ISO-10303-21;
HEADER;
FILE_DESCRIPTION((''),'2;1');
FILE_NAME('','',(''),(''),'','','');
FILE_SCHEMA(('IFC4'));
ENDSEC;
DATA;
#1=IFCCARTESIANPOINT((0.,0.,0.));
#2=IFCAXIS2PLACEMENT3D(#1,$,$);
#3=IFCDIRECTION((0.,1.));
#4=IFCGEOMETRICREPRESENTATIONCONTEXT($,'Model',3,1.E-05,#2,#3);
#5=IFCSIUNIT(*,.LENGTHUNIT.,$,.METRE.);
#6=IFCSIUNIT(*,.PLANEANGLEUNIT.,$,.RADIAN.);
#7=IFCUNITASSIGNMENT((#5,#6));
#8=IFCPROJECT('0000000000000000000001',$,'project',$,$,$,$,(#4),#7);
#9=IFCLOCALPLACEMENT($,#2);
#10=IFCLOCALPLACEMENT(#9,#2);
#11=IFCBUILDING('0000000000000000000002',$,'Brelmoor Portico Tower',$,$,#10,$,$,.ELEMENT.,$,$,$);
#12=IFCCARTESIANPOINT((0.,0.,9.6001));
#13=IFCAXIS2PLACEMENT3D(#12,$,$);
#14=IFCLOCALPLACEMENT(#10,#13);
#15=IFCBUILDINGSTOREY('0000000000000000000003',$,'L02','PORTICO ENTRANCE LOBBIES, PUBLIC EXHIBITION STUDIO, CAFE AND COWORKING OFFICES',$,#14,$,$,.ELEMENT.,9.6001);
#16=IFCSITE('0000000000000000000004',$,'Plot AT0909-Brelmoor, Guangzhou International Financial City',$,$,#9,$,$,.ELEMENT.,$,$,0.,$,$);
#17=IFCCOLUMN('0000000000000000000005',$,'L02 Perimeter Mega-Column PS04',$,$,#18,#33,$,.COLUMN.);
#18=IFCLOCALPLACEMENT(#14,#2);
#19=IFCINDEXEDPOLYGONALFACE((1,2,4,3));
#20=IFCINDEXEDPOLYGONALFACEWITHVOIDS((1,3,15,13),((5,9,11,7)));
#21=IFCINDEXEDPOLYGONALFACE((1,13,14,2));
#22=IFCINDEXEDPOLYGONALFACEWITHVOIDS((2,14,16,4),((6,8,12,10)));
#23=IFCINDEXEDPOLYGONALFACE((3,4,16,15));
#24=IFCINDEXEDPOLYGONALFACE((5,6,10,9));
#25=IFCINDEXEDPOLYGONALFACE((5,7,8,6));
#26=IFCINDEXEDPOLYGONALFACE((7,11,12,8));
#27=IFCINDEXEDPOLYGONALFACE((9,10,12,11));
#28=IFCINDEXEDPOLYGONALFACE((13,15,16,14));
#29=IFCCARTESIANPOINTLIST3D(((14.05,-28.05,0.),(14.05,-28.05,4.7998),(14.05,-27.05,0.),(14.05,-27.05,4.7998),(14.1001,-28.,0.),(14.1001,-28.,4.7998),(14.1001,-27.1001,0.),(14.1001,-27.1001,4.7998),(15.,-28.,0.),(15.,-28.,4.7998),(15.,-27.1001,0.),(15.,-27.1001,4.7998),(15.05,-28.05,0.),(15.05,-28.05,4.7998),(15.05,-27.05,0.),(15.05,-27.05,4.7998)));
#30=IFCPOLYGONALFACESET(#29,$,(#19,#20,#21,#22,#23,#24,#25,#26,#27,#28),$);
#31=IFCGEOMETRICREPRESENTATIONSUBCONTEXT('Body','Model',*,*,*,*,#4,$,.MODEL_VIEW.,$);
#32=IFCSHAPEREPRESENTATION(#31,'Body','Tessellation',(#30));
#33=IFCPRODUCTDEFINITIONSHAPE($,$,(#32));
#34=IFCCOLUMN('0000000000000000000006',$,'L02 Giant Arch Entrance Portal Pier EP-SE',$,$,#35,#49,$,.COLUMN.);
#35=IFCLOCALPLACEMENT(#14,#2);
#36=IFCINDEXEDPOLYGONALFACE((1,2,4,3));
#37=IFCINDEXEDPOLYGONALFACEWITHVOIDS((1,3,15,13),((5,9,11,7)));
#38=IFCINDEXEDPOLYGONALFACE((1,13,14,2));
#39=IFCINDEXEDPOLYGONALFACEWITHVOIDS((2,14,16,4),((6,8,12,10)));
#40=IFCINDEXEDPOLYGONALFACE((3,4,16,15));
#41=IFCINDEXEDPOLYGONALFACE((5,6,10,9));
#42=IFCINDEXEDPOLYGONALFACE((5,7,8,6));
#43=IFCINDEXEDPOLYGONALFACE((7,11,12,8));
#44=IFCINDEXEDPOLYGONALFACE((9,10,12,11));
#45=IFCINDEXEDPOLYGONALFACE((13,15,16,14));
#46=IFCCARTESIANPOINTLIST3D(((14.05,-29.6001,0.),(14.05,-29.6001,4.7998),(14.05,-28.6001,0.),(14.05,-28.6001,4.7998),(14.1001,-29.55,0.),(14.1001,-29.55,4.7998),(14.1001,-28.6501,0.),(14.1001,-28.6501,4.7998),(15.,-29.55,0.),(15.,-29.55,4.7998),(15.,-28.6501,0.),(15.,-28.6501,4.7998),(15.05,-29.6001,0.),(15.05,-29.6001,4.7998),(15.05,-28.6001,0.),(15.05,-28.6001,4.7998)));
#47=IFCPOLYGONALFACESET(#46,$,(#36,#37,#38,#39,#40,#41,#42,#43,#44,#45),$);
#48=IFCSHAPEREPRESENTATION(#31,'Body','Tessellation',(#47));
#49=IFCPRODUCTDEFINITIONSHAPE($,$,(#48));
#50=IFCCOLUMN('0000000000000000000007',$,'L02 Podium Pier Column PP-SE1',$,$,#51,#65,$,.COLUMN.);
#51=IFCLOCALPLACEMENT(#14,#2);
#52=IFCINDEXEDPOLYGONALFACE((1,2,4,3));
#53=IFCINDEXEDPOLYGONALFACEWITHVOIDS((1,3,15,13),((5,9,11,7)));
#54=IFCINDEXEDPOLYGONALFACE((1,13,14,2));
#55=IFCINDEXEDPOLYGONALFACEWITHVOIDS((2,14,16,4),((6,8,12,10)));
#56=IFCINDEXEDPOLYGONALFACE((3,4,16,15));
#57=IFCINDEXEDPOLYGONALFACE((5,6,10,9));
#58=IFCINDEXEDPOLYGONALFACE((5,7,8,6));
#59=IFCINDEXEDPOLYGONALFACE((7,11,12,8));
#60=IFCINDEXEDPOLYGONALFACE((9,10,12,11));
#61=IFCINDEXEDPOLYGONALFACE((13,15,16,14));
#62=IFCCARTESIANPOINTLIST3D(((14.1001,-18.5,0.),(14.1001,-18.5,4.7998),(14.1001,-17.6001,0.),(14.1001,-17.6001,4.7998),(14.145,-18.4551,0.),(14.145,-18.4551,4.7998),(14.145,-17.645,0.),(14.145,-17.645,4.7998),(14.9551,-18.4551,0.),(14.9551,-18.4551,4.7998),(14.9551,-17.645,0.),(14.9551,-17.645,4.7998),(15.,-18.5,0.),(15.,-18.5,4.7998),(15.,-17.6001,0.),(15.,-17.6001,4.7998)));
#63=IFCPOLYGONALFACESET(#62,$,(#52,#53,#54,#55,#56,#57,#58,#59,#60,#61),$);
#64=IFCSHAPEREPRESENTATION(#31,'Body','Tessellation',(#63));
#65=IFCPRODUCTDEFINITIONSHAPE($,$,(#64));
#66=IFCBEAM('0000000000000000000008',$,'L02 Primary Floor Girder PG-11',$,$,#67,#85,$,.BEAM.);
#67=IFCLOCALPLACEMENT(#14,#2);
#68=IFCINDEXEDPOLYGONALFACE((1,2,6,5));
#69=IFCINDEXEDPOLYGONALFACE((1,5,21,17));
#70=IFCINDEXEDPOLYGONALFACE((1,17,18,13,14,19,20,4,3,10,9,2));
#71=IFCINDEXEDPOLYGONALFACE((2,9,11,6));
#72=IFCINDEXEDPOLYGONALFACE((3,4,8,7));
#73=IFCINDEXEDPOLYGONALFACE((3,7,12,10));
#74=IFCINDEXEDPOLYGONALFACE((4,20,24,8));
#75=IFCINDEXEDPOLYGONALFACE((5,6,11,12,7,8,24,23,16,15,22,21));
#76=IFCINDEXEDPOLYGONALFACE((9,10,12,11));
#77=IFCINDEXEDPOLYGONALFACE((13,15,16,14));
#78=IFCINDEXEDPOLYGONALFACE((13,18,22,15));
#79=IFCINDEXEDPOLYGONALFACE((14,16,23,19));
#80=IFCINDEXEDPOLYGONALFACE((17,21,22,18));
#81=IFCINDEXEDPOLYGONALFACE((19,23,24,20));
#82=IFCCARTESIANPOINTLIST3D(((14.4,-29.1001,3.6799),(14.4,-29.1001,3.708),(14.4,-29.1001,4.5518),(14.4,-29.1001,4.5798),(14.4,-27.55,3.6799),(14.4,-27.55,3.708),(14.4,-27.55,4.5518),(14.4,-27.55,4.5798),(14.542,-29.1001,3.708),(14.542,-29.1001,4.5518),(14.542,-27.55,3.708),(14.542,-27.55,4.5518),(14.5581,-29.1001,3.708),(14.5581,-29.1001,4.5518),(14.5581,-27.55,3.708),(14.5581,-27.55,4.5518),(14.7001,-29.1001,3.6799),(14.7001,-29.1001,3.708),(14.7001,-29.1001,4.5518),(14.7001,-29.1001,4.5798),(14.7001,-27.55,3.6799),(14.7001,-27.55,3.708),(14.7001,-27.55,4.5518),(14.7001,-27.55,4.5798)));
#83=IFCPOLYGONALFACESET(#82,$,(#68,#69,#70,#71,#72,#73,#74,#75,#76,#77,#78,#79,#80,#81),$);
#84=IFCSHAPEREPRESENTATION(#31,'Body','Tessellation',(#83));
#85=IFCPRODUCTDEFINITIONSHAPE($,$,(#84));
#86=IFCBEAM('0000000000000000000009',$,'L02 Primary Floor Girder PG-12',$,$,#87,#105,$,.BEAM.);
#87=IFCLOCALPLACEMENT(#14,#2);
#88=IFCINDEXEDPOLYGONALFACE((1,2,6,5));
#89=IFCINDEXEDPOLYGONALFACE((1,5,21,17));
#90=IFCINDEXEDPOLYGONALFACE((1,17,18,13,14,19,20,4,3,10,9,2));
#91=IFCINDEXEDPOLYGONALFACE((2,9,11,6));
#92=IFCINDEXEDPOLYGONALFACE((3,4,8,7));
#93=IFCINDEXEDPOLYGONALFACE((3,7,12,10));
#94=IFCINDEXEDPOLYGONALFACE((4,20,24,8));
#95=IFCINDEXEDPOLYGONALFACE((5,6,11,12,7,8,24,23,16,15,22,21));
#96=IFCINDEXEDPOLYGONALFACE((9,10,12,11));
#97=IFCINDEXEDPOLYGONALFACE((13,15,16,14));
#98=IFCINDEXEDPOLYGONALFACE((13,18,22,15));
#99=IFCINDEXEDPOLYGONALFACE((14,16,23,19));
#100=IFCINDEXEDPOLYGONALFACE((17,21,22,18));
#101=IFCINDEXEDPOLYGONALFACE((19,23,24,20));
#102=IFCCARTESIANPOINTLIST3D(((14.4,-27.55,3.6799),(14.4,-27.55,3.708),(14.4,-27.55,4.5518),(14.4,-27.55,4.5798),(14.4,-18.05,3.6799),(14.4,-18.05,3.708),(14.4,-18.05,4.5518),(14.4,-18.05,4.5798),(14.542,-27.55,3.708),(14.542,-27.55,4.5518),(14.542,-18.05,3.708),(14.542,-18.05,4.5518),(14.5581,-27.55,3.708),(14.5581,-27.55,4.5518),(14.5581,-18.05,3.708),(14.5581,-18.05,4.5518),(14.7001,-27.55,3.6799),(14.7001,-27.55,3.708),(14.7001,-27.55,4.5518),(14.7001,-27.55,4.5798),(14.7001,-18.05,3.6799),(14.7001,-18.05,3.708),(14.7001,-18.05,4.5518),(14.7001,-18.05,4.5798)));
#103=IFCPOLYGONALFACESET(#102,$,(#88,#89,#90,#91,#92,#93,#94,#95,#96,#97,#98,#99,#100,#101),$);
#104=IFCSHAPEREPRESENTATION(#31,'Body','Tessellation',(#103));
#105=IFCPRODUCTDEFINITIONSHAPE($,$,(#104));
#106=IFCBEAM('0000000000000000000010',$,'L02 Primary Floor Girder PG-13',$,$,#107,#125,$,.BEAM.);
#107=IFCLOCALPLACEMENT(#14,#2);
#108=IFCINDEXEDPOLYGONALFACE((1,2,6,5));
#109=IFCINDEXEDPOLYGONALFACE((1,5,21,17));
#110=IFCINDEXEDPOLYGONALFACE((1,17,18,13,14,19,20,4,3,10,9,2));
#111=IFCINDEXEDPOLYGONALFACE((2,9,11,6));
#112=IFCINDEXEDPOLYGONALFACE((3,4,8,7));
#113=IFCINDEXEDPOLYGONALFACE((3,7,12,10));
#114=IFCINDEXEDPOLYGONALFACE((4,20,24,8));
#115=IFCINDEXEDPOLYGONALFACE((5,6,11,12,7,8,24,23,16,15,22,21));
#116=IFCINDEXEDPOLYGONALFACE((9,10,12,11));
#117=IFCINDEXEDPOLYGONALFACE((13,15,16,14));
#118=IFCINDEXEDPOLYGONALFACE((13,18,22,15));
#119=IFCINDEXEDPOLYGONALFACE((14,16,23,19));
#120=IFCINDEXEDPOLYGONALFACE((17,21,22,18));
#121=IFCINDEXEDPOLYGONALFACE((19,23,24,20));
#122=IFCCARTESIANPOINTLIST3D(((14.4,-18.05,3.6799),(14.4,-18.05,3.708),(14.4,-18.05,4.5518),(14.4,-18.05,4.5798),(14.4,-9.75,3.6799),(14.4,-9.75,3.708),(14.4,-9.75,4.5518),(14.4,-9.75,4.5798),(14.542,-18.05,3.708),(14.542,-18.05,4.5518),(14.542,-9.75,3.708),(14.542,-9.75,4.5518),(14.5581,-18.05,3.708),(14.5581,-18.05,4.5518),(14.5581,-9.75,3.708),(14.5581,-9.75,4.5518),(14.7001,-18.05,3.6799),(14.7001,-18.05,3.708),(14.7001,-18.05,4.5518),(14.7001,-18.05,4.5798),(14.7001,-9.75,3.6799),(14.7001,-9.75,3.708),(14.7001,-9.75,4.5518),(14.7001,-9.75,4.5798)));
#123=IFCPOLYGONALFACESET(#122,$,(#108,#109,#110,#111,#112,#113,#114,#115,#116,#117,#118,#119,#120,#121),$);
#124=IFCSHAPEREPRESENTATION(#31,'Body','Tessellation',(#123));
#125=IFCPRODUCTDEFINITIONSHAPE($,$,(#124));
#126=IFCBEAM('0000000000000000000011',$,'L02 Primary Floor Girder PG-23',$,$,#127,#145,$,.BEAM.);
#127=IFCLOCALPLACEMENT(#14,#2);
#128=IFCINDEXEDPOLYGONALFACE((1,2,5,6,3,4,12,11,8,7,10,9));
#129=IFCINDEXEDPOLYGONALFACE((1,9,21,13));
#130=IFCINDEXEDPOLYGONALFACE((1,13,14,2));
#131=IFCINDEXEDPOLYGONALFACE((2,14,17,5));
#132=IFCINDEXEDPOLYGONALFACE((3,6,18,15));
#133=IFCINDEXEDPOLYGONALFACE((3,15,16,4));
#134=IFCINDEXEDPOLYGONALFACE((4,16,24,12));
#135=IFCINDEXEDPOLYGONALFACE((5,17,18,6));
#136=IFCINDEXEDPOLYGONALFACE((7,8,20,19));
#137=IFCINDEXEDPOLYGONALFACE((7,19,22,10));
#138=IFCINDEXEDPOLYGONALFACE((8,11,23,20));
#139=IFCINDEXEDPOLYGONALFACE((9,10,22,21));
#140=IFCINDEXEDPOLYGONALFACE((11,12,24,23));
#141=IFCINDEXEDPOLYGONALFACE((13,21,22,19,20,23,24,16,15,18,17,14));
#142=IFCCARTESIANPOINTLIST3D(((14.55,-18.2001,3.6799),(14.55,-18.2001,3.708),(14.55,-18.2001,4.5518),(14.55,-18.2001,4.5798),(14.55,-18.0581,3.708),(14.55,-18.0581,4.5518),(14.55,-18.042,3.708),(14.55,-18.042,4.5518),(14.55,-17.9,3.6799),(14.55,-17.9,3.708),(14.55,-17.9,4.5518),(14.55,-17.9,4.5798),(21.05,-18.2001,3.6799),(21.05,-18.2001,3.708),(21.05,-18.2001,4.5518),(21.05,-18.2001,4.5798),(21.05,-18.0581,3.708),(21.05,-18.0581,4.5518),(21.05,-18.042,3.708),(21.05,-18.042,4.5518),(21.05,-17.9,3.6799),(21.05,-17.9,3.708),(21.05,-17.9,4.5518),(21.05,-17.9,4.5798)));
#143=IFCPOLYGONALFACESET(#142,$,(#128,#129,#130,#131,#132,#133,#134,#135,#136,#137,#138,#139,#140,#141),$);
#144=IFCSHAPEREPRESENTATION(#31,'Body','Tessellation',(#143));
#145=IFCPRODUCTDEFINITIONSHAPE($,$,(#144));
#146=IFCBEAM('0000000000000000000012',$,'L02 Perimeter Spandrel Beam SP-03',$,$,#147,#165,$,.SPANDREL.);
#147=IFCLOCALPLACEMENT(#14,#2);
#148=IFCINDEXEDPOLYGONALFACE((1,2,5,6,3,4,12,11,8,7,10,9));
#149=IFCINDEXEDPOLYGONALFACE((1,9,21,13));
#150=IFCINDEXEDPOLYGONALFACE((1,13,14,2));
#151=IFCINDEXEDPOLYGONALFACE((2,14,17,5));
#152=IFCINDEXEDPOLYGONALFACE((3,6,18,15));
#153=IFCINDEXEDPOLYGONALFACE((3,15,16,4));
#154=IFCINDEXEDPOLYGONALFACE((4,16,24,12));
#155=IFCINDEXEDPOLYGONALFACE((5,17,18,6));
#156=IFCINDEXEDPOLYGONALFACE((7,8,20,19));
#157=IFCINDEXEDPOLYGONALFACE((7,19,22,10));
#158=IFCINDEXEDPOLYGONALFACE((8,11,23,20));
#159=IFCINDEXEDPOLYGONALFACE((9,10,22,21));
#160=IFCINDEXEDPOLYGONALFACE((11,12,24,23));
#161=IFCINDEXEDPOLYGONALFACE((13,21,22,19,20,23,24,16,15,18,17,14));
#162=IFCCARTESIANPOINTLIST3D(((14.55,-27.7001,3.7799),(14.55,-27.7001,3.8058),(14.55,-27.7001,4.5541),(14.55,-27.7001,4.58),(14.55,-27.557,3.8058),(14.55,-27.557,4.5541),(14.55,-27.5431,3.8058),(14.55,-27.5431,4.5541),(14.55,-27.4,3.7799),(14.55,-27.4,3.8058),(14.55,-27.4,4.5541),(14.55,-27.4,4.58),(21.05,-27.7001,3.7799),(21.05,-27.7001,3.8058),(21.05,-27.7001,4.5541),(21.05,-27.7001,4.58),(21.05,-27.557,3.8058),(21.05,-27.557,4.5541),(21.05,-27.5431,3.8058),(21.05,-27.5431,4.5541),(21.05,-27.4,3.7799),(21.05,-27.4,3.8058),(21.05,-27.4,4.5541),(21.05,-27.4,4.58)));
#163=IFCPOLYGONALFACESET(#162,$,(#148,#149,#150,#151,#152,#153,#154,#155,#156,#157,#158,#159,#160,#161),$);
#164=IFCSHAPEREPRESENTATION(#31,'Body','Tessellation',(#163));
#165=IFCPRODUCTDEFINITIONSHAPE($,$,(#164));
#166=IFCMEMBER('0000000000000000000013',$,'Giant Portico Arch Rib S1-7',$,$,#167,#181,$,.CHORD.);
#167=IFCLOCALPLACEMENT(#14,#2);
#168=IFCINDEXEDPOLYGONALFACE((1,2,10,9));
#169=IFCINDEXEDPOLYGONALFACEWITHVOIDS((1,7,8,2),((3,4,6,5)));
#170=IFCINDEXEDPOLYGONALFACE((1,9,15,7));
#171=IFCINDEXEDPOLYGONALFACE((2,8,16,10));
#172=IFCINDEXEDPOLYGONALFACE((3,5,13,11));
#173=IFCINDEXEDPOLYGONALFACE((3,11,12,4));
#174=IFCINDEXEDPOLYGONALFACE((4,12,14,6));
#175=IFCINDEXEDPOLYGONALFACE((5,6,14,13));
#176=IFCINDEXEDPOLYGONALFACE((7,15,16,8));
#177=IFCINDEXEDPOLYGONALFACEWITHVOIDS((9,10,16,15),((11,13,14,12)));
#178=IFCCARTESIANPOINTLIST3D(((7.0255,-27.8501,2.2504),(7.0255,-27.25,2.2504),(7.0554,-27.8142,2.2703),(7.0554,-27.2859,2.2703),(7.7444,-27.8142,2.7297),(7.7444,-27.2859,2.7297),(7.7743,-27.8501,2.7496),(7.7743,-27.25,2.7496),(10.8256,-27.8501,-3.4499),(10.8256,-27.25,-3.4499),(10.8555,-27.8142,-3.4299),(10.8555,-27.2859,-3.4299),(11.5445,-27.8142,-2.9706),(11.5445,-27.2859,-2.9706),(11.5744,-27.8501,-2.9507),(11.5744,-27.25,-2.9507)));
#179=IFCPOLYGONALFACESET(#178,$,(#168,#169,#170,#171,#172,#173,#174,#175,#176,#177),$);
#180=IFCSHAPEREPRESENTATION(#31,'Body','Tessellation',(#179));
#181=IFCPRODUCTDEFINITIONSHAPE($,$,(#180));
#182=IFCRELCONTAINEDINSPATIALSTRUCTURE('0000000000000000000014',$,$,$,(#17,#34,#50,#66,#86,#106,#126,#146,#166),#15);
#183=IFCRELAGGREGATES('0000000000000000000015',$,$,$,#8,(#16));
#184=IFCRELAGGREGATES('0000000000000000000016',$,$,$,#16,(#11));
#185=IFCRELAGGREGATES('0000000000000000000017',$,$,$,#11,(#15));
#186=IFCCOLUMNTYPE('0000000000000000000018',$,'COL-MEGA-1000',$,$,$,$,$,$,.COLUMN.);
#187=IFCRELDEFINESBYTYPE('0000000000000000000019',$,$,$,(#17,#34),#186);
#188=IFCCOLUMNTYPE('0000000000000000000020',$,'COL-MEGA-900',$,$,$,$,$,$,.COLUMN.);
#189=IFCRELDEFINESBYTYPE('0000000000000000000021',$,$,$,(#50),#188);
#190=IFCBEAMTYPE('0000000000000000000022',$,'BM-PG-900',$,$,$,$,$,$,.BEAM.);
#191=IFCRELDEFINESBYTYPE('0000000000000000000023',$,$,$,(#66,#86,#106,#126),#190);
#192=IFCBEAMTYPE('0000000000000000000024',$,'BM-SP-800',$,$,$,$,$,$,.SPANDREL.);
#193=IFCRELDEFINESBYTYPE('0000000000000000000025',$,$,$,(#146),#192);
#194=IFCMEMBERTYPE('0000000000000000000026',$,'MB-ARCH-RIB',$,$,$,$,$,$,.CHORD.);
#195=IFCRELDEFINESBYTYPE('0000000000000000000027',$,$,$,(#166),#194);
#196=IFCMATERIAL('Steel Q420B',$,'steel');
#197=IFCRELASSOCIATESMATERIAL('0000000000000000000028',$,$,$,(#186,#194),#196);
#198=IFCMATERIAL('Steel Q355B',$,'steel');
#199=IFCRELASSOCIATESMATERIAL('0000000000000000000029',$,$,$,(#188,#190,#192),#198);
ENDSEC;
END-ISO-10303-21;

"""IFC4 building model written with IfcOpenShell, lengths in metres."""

from ifc_helpers import new_model, si_unit, direction, frame, origin, origin_2d, place, context, subcontext, project, spatial, hollow_rectangle, i_section, extrude, material, material_profile, profile_set, type_object, element, save


model = new_model("IFC4")

# Units and contexts
model_context = context("Model", 3, precision=1e-05, world=origin(), true_north=direction((0.0, 1.0)))
body_context = subcontext(model_context, "Body", "Model", "MODEL_VIEW")
ifc_project = project(units=[si_unit("LENGTHUNIT", "METRE"), si_unit("PLANEANGLEUNIT", "RADIAN")], contexts=[model_context])

# Site, building, storey
site_placement = place(None, origin())
site = spatial("IfcSite", under=ifc_project, at=site_placement, Name="Plot AT0909-Brelmoor, Guangzhou International Financial City", CompositionType="ELEMENT", RefElevation=0.0)
building_placement = place(site_placement, origin())
building = spatial("IfcBuilding", under=site, at=building_placement, Name="Brelmoor Portico Tower", CompositionType="ELEMENT")
storey_placement = place(building_placement, frame((0.0, 0.0, 9.6001)))
storey = spatial("IfcBuildingStorey", under=building, at=storey_placement, Name="L02", Description="PORTICO ENTRANCE LOBBIES, PUBLIC EXHIBITION STUDIO, CAFE AND COWORKING OFFICES", CompositionType="ELEMENT", Elevation=9.6001)

# Columns
ifc_material_1 = material(Name="Steel Q420B", Category="steel")
ifc_material_profile_1 = material_profile(ifc_material_1, hollow_rectangle(XDim=1.0, YDim=1.0, WallThickness=0.05, at=origin_2d()), Name="BOX 1000x1000x50")
ifc_profile_set_1 = profile_set([ifc_material_profile_1], Name="Steel Q420B")
column_type_1 = type_object("IfcColumnType", Name="COL-MEGA-1000", PredefinedType="COLUMN", material=ifc_profile_set_1)
for number, where, z_axis, x_axis, name in (
    (1, (14.55, -27.55, 0.0), (0.0, 0.0, 1.0), (1.0, 0.0, 0.0), "L02 Perimeter Mega-Column PS04"),
    (2, (14.55, -29.1001, 0.0), (0.0, 0.0, 1.0), (1.0, 0.0, 0.0), "L02 Giant Arch Entrance Portal Pier EP-SE"),
):
    element("IfcColumn", number, at=place(storey_placement, frame(where, z_axis=z_axis, x_axis=x_axis)), inside=storey, type_object=column_type_1, Name=name, PredefinedType="COLUMN", context=body_context, shape_type="SweptSolid", body=[
        extrude(hollow_rectangle(XDim=1.0, YDim=1.0, WallThickness=0.05, at=origin_2d()), origin(), (0.0, 0.0, 1.0), 4.7998),
    ])
ifc_material_2 = material(Name="Steel Q355B", Category="steel")
ifc_material_profile_2 = material_profile(ifc_material_2, hollow_rectangle(XDim=0.8999, YDim=0.8999, WallThickness=0.0449, at=origin_2d()), Name="BOX 900x900x45")
ifc_profile_set_2 = profile_set([ifc_material_profile_2], Name="Steel Q355B")
column_type_2 = type_object("IfcColumnType", Name="COL-MEGA-900", PredefinedType="COLUMN", material=ifc_profile_set_2)
column_placement = place(storey_placement, frame((14.55, -18.05, 0.0), z_axis=(0.0, 0.0, 1.0), x_axis=(1.0, 0.0, 0.0)))
element("IfcColumn", 3, at=column_placement, inside=storey, type_object=column_type_2, Name="L02 Podium Pier Column PP-SE1", PredefinedType="COLUMN", context=body_context, shape_type="SweptSolid", body=[
    extrude(hollow_rectangle(XDim=0.8999, YDim=0.8999, WallThickness=0.0449, at=origin_2d()), origin(), (0.0, 0.0, 1.0), 4.7998),
])

# Beams
ifc_material_profile_3 = material_profile(ifc_material_2, i_section(OverallWidth=0.3, OverallDepth=0.8999, WebThickness=0.0161, FlangeThickness=0.0281, at=origin_2d()), Name="HN 900x300x16x28")
ifc_profile_set_3 = profile_set([ifc_material_profile_3], Name="Steel Q355B")
beam_type_1 = type_object("IfcBeamType", Name="BM-PG-900", PredefinedType="BEAM", material=ifc_profile_set_3)
beam_1_placement = place(storey_placement, frame((14.55, -29.1001, 4.1299), z_axis=(0.0, 1.0, 0.0), x_axis=(-1.0, 0.0, 0.0)))
element("IfcBeam", 4, at=beam_1_placement, inside=storey, type_object=beam_type_1, Name="L02 Primary Floor Girder PG-11", PredefinedType="BEAM", context=body_context, shape_type="SweptSolid", body=[
    extrude(i_section(OverallWidth=0.3, OverallDepth=0.8999, WebThickness=0.0161, FlangeThickness=0.0281, at=origin_2d()), origin(), (0.0, 0.0, 1.0), 1.55),
])
beam_2_placement = place(storey_placement, frame((14.55, -27.55, 4.1299), z_axis=(0.0, 1.0, 0.0), x_axis=(-1.0, 0.0, 0.0)))
element("IfcBeam", 5, at=beam_2_placement, inside=storey, type_object=beam_type_1, Name="L02 Primary Floor Girder PG-12", PredefinedType="BEAM", context=body_context, shape_type="SweptSolid", body=[
    extrude(i_section(OverallWidth=0.3, OverallDepth=0.8999, WebThickness=0.0161, FlangeThickness=0.0281, at=origin_2d()), origin(), (0.0, 0.0, 1.0), 9.5),
])
beam_3_placement = place(storey_placement, frame((14.55, -18.05, 4.1299), z_axis=(0.0, 1.0, 0.0), x_axis=(-1.0, 0.0, 0.0)))
element("IfcBeam", 6, at=beam_3_placement, inside=storey, type_object=beam_type_1, Name="L02 Primary Floor Girder PG-13", PredefinedType="BEAM", context=body_context, shape_type="SweptSolid", body=[
    extrude(i_section(OverallWidth=0.3, OverallDepth=0.8999, WebThickness=0.0161, FlangeThickness=0.0281, at=origin_2d()), origin(), (0.0, 0.0, 1.0), 8.3),
])
beam_4_placement = place(storey_placement, frame((14.55, -18.05, 4.1299), z_axis=(1.0, 0.0, 0.0), x_axis=(0.0, 1.0, 0.0)))
element("IfcBeam", 7, at=beam_4_placement, inside=storey, type_object=beam_type_1, Name="L02 Primary Floor Girder PG-23", PredefinedType="BEAM", context=body_context, shape_type="SweptSolid", body=[
    extrude(i_section(OverallWidth=0.3, OverallDepth=0.8999, WebThickness=0.0161, FlangeThickness=0.0281, at=origin_2d()), origin(), (0.0, 0.0, 1.0), 6.5),
])
ifc_material_profile_4 = material_profile(ifc_material_2, i_section(OverallWidth=0.3, OverallDepth=0.8, WebThickness=0.0139, FlangeThickness=0.0259, at=origin_2d()), Name="HN 800x300x14x26")
ifc_profile_set_4 = profile_set([ifc_material_profile_4], Name="Steel Q355B")
beam_type_2 = type_object("IfcBeamType", Name="BM-SP-800", PredefinedType="SPANDREL", material=ifc_profile_set_4)
beam_5_placement = place(storey_placement, frame((14.55, -27.55, 4.1799), z_axis=(1.0, 0.0, 0.0), x_axis=(0.0, 1.0, 0.0)))
element("IfcBeam", 8, at=beam_5_placement, inside=storey, type_object=beam_type_2, Name="L02 Perimeter Spandrel Beam SP-03", PredefinedType="SPANDREL", context=body_context, shape_type="SweptSolid", body=[
    extrude(i_section(OverallWidth=0.3, OverallDepth=0.8, WebThickness=0.0139, FlangeThickness=0.0259, at=origin_2d()), origin(), (0.0, 0.0, 1.0), 6.5),
])

# Member
ifc_material_profile_5 = material_profile(ifc_material_1, hollow_rectangle(XDim=0.6001, YDim=0.8999, WallThickness=0.0359, at=origin_2d()), Name="RHS 600x900x36")
ifc_profile_set_5 = profile_set([ifc_material_profile_5], Name="Steel Q420B")
member_type_1 = type_object("IfcMemberType", Name="MB-ARCH-RIB", PredefinedType="CHORD", material=ifc_profile_set_5)
for number, where, z_axis, x_axis, name in (
    (9, (7.3999, -27.55, 2.5), (0.554692, 0.0, -0.832056), (0.0, 1.0, 0.0), "Giant Portico Arch Rib S1-7"),
):
    element("IfcMember", number, at=place(storey_placement, frame(where, z_axis=z_axis, x_axis=x_axis)), inside=storey, type_object=member_type_1, Name=name, PredefinedType="CHORD", context=body_context, shape_type="SweptSolid", body=[
        extrude(hollow_rectangle(XDim=0.6001, YDim=0.8999, WallThickness=0.0359, at=origin_2d()), origin(), (0.0, 0.0, 1.0), 6.8508),
    ])

save(model, "model.ifc")
